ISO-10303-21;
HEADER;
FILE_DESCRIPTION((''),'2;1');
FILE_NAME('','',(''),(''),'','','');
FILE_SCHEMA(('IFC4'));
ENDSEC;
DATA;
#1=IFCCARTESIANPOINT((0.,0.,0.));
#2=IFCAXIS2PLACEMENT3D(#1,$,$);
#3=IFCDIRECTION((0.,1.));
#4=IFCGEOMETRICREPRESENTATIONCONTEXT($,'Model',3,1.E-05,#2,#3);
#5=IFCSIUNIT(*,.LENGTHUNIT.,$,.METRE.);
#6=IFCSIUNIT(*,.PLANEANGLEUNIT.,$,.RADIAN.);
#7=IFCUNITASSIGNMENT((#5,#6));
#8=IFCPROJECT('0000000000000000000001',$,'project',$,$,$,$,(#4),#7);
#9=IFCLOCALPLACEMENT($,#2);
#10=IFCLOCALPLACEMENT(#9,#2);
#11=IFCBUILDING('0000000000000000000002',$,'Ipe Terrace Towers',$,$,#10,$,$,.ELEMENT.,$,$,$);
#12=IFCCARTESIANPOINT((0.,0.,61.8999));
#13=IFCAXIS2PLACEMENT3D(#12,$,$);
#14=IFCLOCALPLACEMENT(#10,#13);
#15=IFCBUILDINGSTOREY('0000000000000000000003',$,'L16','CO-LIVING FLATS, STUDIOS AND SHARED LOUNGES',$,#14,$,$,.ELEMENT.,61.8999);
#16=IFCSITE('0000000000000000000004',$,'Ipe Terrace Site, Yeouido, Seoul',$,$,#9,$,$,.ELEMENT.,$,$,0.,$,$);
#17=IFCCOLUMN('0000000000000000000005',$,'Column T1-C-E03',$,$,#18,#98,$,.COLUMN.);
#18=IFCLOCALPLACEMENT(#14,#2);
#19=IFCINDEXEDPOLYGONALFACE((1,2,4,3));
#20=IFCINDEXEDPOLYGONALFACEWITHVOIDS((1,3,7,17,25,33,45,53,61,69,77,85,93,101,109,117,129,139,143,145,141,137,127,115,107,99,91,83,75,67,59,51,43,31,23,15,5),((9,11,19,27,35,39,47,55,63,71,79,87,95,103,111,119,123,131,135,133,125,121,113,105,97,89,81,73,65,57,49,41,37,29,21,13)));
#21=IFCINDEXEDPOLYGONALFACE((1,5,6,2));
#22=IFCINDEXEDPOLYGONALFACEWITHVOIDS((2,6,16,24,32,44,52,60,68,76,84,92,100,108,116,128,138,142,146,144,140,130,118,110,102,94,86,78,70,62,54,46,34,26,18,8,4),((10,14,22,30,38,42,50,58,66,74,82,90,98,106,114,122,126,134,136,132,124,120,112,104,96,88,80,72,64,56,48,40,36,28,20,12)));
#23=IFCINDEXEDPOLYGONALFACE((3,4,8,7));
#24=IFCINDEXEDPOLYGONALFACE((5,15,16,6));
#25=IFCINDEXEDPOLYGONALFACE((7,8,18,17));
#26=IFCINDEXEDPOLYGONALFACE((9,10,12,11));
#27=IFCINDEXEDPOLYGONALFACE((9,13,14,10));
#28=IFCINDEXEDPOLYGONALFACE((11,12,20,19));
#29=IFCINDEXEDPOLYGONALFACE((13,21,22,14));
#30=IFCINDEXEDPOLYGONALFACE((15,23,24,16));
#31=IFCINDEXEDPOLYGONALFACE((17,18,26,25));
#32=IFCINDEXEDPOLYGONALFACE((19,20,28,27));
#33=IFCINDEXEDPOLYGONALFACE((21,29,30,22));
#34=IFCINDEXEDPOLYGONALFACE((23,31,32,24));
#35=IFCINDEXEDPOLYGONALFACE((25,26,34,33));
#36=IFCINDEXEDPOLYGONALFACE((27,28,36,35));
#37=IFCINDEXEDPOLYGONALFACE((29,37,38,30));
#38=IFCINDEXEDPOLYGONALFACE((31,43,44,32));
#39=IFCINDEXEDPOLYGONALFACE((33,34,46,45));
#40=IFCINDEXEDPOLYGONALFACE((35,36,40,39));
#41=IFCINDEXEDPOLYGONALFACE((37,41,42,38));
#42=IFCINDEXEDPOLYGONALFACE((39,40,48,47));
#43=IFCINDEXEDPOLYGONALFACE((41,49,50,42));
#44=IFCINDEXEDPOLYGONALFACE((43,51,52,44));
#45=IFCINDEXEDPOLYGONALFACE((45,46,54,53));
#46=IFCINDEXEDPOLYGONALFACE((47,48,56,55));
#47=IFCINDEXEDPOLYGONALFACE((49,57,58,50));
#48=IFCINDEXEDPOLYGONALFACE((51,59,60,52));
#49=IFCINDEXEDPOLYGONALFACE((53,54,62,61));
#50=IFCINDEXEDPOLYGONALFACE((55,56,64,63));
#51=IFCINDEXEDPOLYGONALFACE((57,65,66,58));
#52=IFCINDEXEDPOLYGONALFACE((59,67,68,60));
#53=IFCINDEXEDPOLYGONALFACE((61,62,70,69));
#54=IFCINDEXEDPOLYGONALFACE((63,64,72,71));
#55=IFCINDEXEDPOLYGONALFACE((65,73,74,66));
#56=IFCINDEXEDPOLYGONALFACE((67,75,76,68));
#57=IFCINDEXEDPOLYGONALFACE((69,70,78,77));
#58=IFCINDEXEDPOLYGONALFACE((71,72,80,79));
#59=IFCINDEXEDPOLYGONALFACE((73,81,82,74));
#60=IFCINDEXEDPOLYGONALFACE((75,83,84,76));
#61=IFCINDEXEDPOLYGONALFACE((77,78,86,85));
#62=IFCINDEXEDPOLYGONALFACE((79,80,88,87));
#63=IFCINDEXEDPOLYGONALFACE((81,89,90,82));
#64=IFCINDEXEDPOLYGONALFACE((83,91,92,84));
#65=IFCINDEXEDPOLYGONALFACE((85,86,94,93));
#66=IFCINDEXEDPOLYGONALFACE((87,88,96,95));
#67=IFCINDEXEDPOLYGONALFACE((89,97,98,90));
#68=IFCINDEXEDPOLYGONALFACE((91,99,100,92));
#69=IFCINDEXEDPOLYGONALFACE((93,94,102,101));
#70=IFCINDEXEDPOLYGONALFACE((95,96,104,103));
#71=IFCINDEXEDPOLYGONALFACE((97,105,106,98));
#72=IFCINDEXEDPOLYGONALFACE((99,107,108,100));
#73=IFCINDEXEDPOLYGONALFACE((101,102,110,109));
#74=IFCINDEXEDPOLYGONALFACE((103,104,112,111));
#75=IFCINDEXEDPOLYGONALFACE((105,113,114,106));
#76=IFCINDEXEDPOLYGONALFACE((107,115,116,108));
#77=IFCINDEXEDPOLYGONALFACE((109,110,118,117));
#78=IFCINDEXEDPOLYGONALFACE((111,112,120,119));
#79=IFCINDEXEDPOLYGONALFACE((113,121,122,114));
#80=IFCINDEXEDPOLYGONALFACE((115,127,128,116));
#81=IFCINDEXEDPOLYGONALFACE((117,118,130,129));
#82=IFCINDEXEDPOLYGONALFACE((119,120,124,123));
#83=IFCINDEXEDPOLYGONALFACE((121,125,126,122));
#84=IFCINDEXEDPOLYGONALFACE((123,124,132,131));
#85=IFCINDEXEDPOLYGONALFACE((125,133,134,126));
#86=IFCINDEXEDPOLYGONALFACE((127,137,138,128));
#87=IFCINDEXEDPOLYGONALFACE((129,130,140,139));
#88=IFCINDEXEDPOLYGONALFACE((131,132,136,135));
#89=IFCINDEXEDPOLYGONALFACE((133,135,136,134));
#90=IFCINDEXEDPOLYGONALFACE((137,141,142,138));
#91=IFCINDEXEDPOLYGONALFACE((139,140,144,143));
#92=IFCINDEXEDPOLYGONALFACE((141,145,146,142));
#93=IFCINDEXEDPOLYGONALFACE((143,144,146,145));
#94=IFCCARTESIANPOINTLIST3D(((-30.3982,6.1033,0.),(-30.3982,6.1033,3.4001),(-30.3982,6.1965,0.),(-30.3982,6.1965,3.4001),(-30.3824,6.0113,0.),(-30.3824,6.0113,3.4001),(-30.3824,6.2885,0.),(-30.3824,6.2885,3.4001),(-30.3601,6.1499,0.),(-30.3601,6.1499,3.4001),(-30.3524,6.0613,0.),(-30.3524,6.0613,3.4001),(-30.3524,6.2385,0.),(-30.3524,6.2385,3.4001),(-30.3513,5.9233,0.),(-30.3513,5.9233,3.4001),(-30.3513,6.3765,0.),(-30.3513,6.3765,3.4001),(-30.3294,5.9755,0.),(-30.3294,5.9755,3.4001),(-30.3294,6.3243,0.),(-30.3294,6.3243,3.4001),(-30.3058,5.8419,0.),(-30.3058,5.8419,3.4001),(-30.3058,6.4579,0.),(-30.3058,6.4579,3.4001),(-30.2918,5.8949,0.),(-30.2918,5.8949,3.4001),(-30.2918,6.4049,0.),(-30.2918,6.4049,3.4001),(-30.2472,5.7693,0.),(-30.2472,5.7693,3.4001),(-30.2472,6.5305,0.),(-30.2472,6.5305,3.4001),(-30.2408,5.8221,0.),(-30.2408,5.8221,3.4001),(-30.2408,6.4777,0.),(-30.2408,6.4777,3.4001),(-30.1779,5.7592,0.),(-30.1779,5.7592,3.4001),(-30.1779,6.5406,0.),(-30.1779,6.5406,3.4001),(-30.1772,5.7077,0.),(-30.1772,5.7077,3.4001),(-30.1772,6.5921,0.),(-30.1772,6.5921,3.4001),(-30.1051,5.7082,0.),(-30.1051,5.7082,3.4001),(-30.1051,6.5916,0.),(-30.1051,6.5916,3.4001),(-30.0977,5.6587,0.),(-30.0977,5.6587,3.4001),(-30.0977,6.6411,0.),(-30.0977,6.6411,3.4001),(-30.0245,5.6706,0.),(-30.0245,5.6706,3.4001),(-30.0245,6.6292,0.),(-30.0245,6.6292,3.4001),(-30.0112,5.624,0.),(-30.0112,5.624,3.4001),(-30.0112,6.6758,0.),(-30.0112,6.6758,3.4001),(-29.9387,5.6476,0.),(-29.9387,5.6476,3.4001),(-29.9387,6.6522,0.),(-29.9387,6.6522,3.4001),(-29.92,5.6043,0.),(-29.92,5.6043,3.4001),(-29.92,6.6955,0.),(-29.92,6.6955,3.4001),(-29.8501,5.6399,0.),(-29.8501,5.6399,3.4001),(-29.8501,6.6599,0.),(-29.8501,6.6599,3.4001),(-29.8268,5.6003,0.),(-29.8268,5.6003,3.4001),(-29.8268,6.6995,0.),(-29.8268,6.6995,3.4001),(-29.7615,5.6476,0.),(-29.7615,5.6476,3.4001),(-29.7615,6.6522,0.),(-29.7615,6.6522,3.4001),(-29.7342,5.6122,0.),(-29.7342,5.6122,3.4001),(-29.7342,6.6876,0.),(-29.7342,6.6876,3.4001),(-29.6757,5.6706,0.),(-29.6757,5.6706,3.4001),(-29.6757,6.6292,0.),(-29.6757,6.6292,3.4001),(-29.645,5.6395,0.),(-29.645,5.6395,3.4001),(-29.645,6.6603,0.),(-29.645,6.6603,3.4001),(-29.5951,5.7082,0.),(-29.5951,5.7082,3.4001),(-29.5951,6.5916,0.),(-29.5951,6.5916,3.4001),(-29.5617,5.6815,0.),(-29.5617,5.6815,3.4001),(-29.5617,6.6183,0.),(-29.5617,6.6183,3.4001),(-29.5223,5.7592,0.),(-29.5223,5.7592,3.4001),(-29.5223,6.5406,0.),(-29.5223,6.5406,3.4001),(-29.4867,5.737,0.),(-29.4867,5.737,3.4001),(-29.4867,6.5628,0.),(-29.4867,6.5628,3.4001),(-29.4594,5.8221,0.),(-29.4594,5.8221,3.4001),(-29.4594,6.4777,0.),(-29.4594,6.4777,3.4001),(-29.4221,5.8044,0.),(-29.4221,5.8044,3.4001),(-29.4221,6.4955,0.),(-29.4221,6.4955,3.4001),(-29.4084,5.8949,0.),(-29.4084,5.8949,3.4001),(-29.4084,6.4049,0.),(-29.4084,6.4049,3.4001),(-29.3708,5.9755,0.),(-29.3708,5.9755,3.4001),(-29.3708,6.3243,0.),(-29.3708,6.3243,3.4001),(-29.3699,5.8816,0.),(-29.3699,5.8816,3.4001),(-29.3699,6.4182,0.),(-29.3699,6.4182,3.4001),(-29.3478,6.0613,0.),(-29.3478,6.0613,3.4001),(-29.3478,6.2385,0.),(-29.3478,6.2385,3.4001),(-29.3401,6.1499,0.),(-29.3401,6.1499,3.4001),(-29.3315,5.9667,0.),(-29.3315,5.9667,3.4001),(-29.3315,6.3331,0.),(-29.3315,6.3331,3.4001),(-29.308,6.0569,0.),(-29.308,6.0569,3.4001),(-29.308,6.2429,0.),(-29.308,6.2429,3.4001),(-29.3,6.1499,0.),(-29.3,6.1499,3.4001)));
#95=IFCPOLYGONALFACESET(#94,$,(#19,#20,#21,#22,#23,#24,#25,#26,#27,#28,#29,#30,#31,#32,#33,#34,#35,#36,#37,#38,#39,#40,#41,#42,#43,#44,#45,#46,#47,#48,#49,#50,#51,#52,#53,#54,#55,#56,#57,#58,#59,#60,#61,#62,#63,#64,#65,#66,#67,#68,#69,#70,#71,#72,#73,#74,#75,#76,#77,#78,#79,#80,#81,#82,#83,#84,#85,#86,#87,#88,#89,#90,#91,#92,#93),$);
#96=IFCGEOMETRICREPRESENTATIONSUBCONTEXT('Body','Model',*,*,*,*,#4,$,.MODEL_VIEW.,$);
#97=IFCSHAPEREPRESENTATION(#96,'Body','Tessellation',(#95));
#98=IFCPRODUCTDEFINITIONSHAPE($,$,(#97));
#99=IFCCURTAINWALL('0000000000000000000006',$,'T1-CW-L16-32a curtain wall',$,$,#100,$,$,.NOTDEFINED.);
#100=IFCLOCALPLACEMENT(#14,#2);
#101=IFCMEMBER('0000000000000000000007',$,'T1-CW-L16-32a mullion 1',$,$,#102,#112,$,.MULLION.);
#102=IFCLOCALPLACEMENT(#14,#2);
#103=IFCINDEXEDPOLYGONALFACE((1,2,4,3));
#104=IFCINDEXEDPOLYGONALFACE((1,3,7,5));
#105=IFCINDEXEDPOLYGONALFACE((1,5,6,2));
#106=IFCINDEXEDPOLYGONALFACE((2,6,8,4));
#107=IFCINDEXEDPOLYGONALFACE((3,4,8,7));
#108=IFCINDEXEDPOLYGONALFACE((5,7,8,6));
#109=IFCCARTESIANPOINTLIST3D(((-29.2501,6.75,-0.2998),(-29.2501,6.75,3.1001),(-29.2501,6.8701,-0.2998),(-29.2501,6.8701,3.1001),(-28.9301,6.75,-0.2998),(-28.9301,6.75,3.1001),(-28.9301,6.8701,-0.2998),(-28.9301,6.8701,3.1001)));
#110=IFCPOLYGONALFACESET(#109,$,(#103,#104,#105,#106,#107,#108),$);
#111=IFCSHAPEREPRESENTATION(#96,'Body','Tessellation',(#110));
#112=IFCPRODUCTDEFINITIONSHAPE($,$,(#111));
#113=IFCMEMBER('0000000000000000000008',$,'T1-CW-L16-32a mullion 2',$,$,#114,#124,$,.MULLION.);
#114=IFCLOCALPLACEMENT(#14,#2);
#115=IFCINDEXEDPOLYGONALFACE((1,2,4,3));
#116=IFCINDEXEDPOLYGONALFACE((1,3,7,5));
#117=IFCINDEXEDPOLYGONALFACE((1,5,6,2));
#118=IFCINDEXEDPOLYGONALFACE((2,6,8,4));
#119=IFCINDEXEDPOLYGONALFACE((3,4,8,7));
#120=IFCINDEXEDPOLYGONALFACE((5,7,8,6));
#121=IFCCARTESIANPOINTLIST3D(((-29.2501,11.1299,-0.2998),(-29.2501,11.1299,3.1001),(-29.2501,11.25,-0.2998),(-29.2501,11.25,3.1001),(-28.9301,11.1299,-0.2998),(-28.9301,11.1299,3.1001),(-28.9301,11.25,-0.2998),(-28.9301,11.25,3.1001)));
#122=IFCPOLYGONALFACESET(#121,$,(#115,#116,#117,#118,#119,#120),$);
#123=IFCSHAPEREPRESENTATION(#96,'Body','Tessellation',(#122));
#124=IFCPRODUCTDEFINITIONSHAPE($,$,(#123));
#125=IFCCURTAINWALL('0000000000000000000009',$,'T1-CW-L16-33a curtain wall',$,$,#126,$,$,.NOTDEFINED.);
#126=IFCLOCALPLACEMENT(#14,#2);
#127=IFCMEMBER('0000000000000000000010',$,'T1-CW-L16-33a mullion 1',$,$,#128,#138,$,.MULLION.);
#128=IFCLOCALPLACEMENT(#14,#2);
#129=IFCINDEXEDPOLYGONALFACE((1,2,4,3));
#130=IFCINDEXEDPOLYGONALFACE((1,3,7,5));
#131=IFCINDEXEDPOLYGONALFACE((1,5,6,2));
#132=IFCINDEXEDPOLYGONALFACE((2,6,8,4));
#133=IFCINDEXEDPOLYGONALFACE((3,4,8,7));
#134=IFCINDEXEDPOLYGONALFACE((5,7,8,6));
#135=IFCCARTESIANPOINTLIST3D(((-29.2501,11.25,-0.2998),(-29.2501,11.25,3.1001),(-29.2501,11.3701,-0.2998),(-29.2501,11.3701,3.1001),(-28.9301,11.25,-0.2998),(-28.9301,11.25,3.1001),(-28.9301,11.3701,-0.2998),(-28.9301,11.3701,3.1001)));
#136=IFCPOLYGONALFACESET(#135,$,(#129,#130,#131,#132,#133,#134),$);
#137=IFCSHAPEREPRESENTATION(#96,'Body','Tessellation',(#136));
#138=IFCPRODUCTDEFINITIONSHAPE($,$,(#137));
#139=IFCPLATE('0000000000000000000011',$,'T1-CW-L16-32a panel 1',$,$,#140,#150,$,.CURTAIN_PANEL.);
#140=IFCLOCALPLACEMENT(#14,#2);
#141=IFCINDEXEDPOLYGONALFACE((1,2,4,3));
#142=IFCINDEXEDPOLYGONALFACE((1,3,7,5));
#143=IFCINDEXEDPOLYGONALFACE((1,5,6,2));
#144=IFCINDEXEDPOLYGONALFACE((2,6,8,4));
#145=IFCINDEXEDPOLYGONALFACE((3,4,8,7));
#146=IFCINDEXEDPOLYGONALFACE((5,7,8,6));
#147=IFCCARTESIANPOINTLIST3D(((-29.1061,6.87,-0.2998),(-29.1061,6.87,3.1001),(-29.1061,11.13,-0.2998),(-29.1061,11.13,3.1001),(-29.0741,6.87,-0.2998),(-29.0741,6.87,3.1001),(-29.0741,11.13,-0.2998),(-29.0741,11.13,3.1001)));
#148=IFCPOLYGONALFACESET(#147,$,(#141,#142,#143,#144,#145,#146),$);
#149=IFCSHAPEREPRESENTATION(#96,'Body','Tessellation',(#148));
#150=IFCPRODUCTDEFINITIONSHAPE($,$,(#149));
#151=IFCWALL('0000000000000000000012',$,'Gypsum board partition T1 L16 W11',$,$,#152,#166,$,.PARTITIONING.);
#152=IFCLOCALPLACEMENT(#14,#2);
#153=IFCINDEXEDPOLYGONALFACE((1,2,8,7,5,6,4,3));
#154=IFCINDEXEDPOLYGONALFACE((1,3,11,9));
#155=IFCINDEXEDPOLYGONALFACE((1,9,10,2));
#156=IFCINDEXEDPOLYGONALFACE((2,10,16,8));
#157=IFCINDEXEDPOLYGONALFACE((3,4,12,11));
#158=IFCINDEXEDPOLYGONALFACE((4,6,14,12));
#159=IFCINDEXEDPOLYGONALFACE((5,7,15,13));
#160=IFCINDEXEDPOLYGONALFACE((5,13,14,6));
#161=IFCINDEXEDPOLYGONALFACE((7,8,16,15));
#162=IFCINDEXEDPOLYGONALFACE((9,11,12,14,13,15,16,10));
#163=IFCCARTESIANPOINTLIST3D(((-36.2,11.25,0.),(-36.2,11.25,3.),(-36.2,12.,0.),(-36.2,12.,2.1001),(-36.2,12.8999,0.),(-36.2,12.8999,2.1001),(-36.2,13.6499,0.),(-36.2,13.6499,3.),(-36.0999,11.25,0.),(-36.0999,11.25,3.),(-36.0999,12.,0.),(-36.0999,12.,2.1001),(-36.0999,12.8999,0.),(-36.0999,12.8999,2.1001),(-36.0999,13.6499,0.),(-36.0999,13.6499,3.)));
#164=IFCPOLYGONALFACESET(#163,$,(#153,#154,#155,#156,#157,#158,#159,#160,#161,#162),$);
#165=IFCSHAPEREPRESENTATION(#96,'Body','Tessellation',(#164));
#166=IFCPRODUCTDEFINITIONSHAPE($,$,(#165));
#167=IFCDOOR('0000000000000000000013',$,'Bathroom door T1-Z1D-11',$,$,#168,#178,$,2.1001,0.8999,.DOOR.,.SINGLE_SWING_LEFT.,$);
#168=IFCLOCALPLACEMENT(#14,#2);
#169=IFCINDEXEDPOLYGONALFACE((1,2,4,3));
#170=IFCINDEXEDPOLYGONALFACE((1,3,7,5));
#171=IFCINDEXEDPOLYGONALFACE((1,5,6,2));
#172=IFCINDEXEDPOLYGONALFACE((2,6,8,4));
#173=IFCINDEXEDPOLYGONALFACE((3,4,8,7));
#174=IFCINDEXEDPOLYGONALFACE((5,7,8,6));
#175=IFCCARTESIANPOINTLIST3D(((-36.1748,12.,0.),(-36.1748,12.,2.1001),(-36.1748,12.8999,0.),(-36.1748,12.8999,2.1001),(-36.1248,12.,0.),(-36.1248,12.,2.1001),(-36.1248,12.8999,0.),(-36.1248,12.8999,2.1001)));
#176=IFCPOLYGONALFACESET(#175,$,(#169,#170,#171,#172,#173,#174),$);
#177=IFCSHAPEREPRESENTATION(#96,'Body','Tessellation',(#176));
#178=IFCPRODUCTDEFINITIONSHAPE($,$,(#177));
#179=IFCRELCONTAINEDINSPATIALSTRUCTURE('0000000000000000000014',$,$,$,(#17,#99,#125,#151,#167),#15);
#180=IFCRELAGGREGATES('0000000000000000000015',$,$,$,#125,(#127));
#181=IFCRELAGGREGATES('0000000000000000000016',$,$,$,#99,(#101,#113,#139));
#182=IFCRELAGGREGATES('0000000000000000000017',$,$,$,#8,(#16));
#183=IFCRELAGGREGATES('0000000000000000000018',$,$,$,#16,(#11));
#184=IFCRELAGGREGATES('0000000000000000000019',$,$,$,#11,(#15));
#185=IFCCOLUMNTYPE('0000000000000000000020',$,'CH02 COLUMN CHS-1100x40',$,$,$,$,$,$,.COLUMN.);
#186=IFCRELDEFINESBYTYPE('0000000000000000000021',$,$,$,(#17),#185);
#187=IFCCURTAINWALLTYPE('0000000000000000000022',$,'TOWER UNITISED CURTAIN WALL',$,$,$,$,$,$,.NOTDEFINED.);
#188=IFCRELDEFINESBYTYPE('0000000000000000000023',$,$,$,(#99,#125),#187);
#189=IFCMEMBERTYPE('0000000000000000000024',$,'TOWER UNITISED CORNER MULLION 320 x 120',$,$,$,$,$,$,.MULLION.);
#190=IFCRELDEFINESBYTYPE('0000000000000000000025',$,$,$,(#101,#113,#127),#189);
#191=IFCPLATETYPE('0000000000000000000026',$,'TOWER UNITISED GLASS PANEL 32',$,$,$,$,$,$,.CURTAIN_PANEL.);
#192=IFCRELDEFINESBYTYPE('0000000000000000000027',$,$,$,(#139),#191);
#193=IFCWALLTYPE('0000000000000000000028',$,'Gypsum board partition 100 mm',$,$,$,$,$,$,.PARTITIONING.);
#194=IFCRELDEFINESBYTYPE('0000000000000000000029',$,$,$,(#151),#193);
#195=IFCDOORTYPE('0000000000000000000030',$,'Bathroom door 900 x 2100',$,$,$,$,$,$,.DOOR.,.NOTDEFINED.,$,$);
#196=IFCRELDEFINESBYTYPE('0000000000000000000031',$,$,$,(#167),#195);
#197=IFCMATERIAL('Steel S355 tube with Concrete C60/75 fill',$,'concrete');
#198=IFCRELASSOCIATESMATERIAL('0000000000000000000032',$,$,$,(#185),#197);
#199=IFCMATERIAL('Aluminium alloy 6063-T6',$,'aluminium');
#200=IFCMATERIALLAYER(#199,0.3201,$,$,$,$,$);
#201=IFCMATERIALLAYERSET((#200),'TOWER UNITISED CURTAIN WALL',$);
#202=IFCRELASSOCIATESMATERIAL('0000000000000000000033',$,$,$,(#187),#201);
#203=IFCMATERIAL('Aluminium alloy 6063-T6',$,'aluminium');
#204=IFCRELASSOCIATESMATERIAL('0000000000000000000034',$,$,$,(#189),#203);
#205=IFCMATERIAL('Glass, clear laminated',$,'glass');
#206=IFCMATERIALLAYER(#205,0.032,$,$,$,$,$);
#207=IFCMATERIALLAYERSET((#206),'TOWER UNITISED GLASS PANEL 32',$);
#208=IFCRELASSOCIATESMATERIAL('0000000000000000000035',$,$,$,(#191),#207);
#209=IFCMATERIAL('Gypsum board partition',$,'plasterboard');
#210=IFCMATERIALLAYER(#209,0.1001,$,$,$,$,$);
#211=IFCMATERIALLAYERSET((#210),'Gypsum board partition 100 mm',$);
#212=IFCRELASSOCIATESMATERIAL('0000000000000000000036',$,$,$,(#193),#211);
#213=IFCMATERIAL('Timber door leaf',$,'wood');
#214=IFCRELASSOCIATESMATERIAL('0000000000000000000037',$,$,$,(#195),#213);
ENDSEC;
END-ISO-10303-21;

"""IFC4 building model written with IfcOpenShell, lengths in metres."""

from ifc_helpers import new_model, si_unit, direction, frame, frame_2d, origin, origin_2d, place, context, subcontext, project, spatial, rectangle, hollow_circle, extrude, material, layer, layer_set, material_profile, profile_set, type_object, element, fill, aggregate, save


model = new_model("IFC4")

# Units and contexts
model_context = context("Model", 3, precision=1e-05, world=origin(), true_north=direction((0.0, 1.0)))
body_context = subcontext(model_context, "Body", "Model", "MODEL_VIEW")
ifc_project = project(units=[si_unit("LENGTHUNIT", "METRE"), si_unit("PLANEANGLEUNIT", "RADIAN")], contexts=[model_context])

# Site, building, storey
site_placement = place(None, origin())
site = spatial("IfcSite", under=ifc_project, at=site_placement, Name="Ipe Terrace Site, Yeouido, Seoul", CompositionType="ELEMENT", RefElevation=0.0)
building_placement = place(site_placement, origin())
building = spatial("IfcBuilding", under=site, at=building_placement, Name="Ipe Terrace Towers", CompositionType="ELEMENT")
storey_placement = place(building_placement, frame((0.0, 0.0, 61.8999)))
storey = spatial("IfcBuildingStorey", under=building, at=storey_placement, Name="L16", Description="CO-LIVING FLATS, STUDIOS AND SHARED LOUNGES", CompositionType="ELEMENT", Elevation=61.8999)

# Column
ifc_material_1 = material(Name="Steel S355 tube with Concrete C60/75 fill", Category="concrete")
ifc_material_profile_1 = material_profile(ifc_material_1, hollow_circle(Radius=0.55, WallThickness=0.04, at=origin_2d()), Name="CHS-1100x40")
ifc_profile_set_1 = profile_set([ifc_material_profile_1], Name="Steel S355 tube with Concrete C60/75 fill")
column_type = type_object("IfcColumnType", Name="CH02 COLUMN CHS-1100x40", PredefinedType="COLUMN", material=ifc_profile_set_1)
column_placement = place(storey_placement, frame((-29.8501, 6.1499, 0.0), z_axis=(0.0, 0.0, 1.0), x_axis=(1.0, 0.0, 0.0)))
element("IfcColumn", 1, at=column_placement, inside=storey, type_object=column_type, Name="Column T1-C-E03", PredefinedType="COLUMN", context=body_context, shape_type="SweptSolid", body=[
    extrude(hollow_circle(Radius=0.55, WallThickness=0.04, at=origin_2d()), origin(), (0.0, 0.0, 1.0), 3.4001),
])

# Curtain wall, members
ifc_material_2 = material(Name="Aluminium alloy 6063-T6", Category="aluminium")
ifc_layer_1 = layer(ifc_material_2, 0.3201)
ifc_layer_set_1 = layer_set([ifc_layer_1], Name="TOWER UNITISED CURTAIN WALL")
curtain_wall_type = type_object("IfcCurtainWallType", Name="TOWER UNITISED CURTAIN WALL", PredefinedType="NOTDEFINED", material=ifc_layer_set_1)
curtain_wall_1_placement = place(storey_placement, origin())
curtain_wall_1 = element("IfcCurtainWall", 2, at=curtain_wall_1_placement, inside=storey, type_object=curtain_wall_type, Name="T1-CW-L16-32a curtain wall", PredefinedType="NOTDEFINED")
ifc_material_3 = material(Name="Aluminium alloy 6063-T6", Category="aluminium")
ifc_material_profile_2 = material_profile(ifc_material_3, rectangle(XDim=0.3201, YDim=0.1201, at=origin_2d()), Name="TOWER UNITISED CORNER MULLION 320 x 120")
ifc_profile_set_2 = profile_set([ifc_material_profile_2], Name="Aluminium alloy 6063-T6")
member_type = type_object("IfcMemberType", Name="TOWER UNITISED CORNER MULLION 320 x 120", PredefinedType="MULLION", material=ifc_profile_set_2)
member_1_placement = place(storey_placement, frame((-29.0901, 6.8101, -0.2998), z_axis=(0.0, 0.0, 1.0), x_axis=(1.0, 0.0, 0.0)))
member_1 = element("IfcMember", 3, at=member_1_placement, type_object=member_type, Name="T1-CW-L16-32a mullion 1", PredefinedType="MULLION", context=body_context, shape_type="SweptSolid", body=[
    extrude(rectangle(XDim=0.3201, YDim=0.1201, at=origin_2d()), origin(), (0.0, 0.0, 1.0), 3.3999),
])
member_2_placement = place(storey_placement, frame((-29.0901, 11.1899, -0.2998), z_axis=(0.0, 0.0, 1.0), x_axis=(1.0, 0.0, 0.0)))
member_2 = element("IfcMember", 4, at=member_2_placement, type_object=member_type, Name="T1-CW-L16-32a mullion 2", PredefinedType="MULLION", context=body_context, shape_type="SweptSolid", body=[
    extrude(rectangle(XDim=0.3201, YDim=0.1201, at=origin_2d()), origin(), (0.0, 0.0, 1.0), 3.3999),
])

# Curtain wall, member
curtain_wall_2_placement = place(storey_placement, origin())
curtain_wall_2 = element("IfcCurtainWall", 5, at=curtain_wall_2_placement, inside=storey, type_object=curtain_wall_type, Name="T1-CW-L16-33a curtain wall", PredefinedType="NOTDEFINED")
member_3_placement = place(storey_placement, frame((-29.0901, 11.3101, -0.2998), z_axis=(0.0, 0.0, 1.0), x_axis=(1.0, 0.0, 0.0)))
member_3 = element("IfcMember", 6, at=member_3_placement, type_object=member_type, Name="T1-CW-L16-33a mullion 1", PredefinedType="MULLION", context=body_context, shape_type="SweptSolid", body=[
    extrude(rectangle(XDim=0.3201, YDim=0.1201, at=origin_2d()), origin(), (0.0, 0.0, 1.0), 3.3999),
])
aggregate(curtain_wall_2, [member_3])

# Plate
ifc_material_4 = material(Name="Glass, clear laminated", Category="glass")
ifc_layer_2 = layer(ifc_material_4, 0.032)
ifc_layer_set_2 = layer_set([ifc_layer_2], Name="TOWER UNITISED GLASS PANEL 32")
plate_type = type_object("IfcPlateType", Name="TOWER UNITISED GLASS PANEL 32", PredefinedType="CURTAIN_PANEL", material=ifc_layer_set_2)
plate_placement = place(storey_placement, frame((-29.0901, 9.0, -0.2998), z_axis=(0.0, 0.0, 1.0), x_axis=(0.0, 1.0, 0.0)))
plate = element("IfcPlate", 7, at=plate_placement, type_object=plate_type, Name="T1-CW-L16-32a panel 1", PredefinedType="CURTAIN_PANEL", context=body_context, shape_type="SweptSolid", body=[
    extrude(rectangle(XDim=4.26, YDim=0.032, at=origin_2d()), origin(), (0.0, 0.0, 1.0), 3.3999),
])
aggregate(curtain_wall_1, [member_1, member_2, plate])

# Wall, opening, door
ifc_material_5 = material(Name="Gypsum board partition", Category="plasterboard")
ifc_layer_3 = layer(ifc_material_5, 0.1001)
ifc_layer_set_3 = layer_set([ifc_layer_3], Name="Gypsum board partition 100 mm")
wall_type_1 = type_object("IfcWallType", Name="Gypsum board partition 100 mm", PredefinedType="PARTITIONING", material=ifc_layer_set_3)
wall_1_placement = place(storey_placement, frame((-36.1499, 11.25, 0.0), z_axis=(0.0, 0.0, 1.0), x_axis=(0.0, 1.0, 0.0)))
wall_1 = element("IfcWall", 8, at=wall_1_placement, inside=storey, type_object=wall_type_1, Name="Gypsum board partition T1 L16 W11", PredefinedType="PARTITIONING", context=body_context, shape_type="SweptSolid", body=[
    extrude(rectangle(XDim=2.3999, YDim=0.1001, at=frame_2d((1.2, 0.0))), origin(), (0.0, 0.0, 1.0), 3.0),
])
opening_1_placement = place(wall_1_placement, frame((0.75, 0.0, 0.0)))
opening_1 = element("IfcOpeningElement", 9, at=opening_1_placement, cuts=wall_1, PredefinedType="OPENING", context=body_context, shape_type="SweptSolid", body=[
    extrude(rectangle(XDim=0.8999, YDim=2.1001, at=frame_2d((0.45, 1.05))), frame((0.0, 0.0601, 0.0), z_axis=(0.0, -1.0, 0.0), x_axis=(1.0, 0.0, 0.0)), (0.0, 0.0, 1.0), 0.1201),
])
ifc_material_6 = material(Name="Timber door leaf", Category="wood")
door_type_1 = type_object("IfcDoorType", Name="Bathroom door 900 x 2100", OperationType="NOTDEFINED", PredefinedType="DOOR", material=ifc_material_6)
door_1_placement = place(opening_1_placement, origin())
door_1 = element("IfcDoor", 10, at=door_1_placement, inside=storey, type_object=door_type_1, Name="Bathroom door T1-Z1D-11", OperationType="SINGLE_SWING_LEFT", OverallHeight=2.1001, OverallWidth=0.8999, PredefinedType="DOOR", context=body_context, shape_type="SweptSolid", body=[
    extrude(rectangle(XDim=0.8999, YDim=2.1001, at=frame_2d((0.45, 1.05))), frame((0.0, 0.0249, 0.0), z_axis=(0.0, -1.0, 0.0), x_axis=(1.0, 0.0, 0.0)), (0.0, 0.0, 1.0), 0.05),
])
fill(opening_1, door_1)

save(model, "model.ifc")
